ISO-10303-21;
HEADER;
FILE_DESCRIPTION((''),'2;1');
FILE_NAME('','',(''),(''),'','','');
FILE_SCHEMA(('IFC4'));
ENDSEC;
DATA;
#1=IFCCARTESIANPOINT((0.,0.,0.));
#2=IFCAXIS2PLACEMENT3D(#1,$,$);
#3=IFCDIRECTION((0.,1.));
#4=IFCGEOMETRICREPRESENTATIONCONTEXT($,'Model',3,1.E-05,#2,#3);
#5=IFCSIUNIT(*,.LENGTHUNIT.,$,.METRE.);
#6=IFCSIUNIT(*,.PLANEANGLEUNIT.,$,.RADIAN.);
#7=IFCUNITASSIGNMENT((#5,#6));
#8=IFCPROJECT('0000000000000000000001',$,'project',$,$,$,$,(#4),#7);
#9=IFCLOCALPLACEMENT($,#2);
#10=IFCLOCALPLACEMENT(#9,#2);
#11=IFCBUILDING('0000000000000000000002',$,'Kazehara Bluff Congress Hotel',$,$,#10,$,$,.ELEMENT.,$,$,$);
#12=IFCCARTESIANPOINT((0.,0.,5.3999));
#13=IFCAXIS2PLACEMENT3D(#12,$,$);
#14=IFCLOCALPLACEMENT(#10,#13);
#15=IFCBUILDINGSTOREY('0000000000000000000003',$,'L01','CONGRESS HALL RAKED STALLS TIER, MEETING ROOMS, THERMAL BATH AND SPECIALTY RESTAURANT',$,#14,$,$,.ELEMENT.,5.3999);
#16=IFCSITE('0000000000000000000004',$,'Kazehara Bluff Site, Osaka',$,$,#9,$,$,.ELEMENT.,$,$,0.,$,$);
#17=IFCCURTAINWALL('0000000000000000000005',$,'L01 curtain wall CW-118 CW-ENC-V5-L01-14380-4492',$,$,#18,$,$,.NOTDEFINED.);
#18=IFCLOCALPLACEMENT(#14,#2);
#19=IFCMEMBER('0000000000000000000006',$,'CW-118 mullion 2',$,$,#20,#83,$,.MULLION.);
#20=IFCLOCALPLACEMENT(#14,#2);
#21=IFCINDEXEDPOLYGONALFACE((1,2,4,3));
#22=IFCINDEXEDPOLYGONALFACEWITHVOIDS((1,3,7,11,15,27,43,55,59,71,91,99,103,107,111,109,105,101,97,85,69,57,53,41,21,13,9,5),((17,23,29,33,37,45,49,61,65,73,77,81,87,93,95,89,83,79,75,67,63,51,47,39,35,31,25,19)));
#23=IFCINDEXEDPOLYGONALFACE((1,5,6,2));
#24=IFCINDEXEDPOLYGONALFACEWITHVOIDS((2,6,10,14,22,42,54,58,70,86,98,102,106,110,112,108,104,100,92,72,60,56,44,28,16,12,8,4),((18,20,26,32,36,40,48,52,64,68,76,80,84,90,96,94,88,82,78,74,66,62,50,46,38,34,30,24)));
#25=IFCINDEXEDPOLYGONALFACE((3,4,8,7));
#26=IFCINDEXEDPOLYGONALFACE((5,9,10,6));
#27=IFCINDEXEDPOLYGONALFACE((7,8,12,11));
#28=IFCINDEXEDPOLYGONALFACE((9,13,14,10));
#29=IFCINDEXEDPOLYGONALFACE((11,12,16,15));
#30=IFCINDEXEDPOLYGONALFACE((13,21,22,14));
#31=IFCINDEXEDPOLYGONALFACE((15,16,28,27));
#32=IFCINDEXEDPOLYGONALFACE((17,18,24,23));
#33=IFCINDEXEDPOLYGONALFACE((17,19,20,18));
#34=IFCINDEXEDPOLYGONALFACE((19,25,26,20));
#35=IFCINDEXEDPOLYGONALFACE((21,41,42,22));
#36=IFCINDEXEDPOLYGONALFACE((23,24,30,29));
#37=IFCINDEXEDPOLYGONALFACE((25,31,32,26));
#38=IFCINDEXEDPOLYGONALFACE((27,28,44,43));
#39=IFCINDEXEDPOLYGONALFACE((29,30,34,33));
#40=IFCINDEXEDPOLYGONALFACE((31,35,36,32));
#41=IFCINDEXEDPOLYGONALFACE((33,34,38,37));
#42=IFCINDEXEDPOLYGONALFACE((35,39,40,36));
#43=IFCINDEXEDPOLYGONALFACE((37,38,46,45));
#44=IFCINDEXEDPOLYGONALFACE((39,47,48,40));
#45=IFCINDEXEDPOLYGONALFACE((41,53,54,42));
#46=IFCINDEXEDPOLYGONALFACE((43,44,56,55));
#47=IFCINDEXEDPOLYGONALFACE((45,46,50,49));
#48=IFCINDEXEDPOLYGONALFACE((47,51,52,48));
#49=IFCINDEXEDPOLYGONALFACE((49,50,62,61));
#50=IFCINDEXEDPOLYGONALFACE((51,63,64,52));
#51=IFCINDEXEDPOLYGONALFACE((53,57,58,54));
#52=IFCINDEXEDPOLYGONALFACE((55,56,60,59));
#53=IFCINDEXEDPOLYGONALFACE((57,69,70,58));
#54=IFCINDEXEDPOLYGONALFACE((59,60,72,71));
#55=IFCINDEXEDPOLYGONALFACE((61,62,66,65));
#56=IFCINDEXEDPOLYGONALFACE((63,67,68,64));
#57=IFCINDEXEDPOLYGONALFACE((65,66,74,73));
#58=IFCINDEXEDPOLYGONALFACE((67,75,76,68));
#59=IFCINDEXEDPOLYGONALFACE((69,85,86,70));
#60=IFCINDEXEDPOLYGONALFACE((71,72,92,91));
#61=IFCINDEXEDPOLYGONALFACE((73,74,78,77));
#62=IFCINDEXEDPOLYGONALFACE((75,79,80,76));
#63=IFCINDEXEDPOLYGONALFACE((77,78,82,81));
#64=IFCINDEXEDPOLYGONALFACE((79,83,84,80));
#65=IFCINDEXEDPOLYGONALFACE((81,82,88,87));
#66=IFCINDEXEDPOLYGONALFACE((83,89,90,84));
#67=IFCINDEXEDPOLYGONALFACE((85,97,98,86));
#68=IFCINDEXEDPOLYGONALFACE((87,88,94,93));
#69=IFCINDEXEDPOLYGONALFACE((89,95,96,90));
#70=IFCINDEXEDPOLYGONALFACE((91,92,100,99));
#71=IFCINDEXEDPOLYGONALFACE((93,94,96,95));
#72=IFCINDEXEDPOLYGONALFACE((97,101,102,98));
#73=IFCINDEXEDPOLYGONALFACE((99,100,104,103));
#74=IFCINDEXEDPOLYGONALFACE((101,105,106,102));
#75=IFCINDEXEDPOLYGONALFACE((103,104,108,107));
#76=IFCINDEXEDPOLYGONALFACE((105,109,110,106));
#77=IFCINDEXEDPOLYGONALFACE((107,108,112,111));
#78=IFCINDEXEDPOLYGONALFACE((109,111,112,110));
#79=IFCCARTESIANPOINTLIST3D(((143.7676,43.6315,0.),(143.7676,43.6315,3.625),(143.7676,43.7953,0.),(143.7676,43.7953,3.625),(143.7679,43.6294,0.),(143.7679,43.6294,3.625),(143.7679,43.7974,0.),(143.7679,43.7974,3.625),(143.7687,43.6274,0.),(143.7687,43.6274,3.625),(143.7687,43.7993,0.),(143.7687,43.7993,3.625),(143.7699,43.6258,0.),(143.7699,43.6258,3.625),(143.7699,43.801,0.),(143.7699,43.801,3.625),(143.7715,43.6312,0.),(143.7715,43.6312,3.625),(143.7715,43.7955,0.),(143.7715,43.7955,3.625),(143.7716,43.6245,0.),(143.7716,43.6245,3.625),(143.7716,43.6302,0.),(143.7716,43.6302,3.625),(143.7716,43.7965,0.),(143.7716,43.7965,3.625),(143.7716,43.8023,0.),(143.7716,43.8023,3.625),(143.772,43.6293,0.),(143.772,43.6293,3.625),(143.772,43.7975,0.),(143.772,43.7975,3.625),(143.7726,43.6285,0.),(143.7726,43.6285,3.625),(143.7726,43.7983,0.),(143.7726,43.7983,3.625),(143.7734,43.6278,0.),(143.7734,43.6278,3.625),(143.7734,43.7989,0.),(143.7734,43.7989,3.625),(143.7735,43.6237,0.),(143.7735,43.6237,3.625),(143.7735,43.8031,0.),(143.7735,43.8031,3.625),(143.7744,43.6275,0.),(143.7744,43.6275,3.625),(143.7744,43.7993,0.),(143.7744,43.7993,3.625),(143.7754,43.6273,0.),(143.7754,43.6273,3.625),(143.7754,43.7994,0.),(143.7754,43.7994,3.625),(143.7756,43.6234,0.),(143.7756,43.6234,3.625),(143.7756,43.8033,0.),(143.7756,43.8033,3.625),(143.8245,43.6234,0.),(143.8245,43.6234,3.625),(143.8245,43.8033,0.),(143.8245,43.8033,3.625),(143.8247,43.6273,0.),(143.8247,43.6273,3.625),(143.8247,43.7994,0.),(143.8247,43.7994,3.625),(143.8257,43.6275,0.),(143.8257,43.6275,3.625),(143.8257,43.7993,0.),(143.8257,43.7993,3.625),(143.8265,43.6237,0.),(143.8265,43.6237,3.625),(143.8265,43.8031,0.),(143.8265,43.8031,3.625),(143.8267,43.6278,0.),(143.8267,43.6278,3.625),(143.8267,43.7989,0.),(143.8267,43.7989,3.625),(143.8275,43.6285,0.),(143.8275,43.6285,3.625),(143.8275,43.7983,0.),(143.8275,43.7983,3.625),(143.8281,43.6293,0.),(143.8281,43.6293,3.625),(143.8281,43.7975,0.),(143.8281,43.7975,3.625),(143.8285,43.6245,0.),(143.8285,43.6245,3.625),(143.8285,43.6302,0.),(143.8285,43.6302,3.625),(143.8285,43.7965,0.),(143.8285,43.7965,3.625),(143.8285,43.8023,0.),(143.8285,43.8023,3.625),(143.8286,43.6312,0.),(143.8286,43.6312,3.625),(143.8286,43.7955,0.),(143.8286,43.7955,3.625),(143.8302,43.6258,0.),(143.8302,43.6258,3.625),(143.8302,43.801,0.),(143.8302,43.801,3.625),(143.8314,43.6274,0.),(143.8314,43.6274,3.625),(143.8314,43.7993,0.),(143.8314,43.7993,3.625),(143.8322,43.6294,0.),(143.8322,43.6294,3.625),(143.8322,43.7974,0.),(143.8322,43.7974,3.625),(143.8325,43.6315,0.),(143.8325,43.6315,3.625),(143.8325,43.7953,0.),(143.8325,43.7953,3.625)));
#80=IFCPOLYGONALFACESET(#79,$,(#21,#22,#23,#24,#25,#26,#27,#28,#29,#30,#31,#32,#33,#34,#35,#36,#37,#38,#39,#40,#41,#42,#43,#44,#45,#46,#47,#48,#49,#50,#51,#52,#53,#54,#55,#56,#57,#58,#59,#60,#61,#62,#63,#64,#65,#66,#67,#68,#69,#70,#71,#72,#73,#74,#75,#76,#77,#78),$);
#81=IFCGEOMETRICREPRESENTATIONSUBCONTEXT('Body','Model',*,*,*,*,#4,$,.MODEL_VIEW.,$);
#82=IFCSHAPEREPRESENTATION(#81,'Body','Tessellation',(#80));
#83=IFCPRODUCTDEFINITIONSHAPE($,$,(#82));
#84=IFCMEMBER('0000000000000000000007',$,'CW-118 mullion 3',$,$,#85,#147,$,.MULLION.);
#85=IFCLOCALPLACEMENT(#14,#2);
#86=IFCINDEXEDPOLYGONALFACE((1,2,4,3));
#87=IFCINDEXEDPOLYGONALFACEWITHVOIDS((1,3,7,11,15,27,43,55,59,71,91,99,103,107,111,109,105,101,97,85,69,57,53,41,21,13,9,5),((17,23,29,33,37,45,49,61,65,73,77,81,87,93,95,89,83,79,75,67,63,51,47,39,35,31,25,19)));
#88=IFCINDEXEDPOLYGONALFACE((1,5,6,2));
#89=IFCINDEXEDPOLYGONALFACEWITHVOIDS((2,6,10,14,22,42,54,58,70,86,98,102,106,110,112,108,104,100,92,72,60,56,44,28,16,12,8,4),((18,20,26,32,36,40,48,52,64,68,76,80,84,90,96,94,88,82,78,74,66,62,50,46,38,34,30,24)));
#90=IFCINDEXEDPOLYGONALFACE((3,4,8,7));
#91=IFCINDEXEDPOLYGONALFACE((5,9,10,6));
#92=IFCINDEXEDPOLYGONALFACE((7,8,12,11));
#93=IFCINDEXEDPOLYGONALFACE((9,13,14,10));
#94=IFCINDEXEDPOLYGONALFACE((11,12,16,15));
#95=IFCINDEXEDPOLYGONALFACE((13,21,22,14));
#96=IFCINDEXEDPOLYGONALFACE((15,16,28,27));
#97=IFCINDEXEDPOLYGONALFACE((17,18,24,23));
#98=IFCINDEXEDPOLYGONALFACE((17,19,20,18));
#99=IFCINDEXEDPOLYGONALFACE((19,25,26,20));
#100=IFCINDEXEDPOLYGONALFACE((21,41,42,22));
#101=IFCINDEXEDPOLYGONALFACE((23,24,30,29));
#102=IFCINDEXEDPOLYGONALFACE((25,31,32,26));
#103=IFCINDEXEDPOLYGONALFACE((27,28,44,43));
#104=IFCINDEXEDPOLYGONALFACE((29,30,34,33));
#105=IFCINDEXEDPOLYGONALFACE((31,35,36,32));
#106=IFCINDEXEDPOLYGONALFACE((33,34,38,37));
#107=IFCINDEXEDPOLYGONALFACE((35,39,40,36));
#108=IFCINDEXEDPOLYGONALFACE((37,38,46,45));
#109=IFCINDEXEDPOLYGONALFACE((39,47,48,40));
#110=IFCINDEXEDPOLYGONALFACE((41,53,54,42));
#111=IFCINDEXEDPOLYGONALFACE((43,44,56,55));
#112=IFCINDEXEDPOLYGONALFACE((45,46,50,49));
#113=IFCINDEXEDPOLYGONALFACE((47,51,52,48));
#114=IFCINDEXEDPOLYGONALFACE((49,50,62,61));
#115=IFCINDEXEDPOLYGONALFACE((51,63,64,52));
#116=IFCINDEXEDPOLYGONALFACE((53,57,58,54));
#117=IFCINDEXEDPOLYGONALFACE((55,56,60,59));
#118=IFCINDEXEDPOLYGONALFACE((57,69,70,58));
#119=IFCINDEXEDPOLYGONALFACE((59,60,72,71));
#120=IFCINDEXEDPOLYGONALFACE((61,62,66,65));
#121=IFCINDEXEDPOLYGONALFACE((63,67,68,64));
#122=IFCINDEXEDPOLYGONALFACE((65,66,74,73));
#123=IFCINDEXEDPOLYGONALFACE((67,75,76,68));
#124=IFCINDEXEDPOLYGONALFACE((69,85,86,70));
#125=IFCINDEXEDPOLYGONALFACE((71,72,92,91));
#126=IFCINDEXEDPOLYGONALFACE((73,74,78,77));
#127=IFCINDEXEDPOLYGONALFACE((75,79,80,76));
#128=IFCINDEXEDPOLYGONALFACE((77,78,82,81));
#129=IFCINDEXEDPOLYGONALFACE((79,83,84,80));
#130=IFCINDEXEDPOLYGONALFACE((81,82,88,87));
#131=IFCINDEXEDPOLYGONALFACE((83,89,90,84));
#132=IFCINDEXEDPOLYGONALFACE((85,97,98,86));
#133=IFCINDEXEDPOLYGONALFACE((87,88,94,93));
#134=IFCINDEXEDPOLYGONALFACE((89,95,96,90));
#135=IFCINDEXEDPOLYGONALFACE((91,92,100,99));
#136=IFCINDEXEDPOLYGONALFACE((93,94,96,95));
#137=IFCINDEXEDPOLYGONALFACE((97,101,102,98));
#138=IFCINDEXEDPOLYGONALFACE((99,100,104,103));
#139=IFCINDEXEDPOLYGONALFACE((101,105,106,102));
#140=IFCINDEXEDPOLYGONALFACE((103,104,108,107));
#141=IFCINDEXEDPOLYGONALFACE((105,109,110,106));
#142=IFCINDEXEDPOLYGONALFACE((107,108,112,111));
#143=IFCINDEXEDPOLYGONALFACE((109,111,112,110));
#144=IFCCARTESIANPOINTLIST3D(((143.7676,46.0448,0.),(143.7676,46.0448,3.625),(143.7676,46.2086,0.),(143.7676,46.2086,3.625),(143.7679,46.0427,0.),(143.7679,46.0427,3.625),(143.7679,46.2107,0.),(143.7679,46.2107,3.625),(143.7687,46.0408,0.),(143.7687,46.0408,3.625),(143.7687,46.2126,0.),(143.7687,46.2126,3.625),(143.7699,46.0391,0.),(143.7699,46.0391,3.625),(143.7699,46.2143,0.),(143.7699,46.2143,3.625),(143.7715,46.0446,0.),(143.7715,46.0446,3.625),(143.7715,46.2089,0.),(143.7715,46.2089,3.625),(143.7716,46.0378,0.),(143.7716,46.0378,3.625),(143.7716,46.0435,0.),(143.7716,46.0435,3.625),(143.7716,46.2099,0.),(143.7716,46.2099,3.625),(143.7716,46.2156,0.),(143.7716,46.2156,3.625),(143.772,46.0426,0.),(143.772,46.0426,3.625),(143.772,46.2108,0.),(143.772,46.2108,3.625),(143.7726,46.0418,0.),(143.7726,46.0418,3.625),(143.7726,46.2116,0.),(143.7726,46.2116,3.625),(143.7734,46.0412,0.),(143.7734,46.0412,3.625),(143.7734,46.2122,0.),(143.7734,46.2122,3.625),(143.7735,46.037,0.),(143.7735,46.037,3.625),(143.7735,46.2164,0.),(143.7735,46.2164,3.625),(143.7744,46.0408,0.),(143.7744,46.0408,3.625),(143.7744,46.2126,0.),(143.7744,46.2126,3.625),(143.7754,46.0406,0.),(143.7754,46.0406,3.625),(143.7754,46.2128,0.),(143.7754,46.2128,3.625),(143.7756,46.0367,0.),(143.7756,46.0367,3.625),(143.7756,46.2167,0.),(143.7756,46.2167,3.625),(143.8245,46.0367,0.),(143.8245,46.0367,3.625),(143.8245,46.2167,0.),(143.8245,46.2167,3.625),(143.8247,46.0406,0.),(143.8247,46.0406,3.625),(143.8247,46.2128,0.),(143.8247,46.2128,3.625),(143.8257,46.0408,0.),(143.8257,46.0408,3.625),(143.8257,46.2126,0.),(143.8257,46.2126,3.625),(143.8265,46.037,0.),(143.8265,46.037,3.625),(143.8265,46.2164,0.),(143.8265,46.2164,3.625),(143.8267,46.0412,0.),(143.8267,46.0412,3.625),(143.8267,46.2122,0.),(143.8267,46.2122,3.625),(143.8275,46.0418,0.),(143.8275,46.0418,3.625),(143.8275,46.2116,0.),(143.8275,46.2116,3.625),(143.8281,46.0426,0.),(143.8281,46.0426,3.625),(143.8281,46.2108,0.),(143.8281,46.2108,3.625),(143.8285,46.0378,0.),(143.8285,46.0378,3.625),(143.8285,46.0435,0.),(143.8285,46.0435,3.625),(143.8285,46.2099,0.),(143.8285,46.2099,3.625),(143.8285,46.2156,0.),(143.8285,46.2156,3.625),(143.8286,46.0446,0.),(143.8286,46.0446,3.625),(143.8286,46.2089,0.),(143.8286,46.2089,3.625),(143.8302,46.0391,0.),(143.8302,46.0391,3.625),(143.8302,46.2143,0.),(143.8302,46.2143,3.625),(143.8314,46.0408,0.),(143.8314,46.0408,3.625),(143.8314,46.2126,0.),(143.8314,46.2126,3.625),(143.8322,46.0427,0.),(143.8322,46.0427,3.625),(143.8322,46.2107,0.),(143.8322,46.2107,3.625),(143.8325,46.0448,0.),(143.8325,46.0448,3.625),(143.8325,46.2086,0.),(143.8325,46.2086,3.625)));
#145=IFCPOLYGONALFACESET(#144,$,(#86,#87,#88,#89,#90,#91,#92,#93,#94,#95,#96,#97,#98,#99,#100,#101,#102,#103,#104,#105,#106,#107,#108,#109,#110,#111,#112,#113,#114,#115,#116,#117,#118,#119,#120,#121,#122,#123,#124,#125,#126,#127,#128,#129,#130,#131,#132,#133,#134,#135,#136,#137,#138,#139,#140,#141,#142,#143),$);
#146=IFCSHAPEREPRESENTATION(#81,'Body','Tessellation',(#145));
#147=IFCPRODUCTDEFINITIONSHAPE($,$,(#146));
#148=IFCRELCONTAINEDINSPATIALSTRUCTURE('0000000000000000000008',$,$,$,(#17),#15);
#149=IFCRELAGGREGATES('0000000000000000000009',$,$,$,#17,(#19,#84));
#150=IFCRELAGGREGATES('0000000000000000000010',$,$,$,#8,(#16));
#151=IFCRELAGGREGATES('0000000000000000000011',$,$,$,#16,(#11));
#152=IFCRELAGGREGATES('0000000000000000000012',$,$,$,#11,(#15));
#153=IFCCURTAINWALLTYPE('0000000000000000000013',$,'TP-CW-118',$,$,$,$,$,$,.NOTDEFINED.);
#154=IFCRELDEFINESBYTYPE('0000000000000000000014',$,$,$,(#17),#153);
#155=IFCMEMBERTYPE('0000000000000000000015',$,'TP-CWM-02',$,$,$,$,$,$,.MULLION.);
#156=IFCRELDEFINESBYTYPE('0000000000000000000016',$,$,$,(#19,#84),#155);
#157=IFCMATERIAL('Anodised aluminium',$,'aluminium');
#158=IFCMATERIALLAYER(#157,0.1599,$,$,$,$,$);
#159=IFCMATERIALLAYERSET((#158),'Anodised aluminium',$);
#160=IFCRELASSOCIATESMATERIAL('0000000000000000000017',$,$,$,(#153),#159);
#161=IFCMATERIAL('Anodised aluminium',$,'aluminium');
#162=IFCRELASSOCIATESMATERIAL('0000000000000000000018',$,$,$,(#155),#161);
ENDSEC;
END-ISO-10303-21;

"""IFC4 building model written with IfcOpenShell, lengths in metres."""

from ifc_helpers import new_model, si_unit, direction, frame, origin, origin_2d, place, context, subcontext, project, spatial, hollow_rectangle, extrude, material, layer, layer_set, material_profile, profile_set, type_object, element, aggregate, save


model = new_model("IFC4")

# Units and contexts
model_context = context("Model", 3, precision=1e-05, world=origin(), true_north=direction((0.0, 1.0)))
body_context = subcontext(model_context, "Body", "Model", "MODEL_VIEW")
ifc_project = project(units=[si_unit("LENGTHUNIT", "METRE"), si_unit("PLANEANGLEUNIT", "RADIAN")], contexts=[model_context])

# Site, building, storey
site_placement = place(None, origin())
site = spatial("IfcSite", under=ifc_project, at=site_placement, Name="Kazehara Bluff Site, Osaka", CompositionType="ELEMENT", RefElevation=0.0)
building_placement = place(site_placement, origin())
building = spatial("IfcBuilding", under=site, at=building_placement, Name="Kazehara Bluff Congress Hotel", CompositionType="ELEMENT")
storey_placement = place(building_placement, frame((0.0, 0.0, 5.3999)))
storey = spatial("IfcBuildingStorey", under=building, at=storey_placement, Name="L01", Description="CONGRESS HALL RAKED STALLS TIER, MEETING ROOMS, THERMAL BATH AND SPECIALTY RESTAURANT", CompositionType="ELEMENT", Elevation=5.3999)

# Curtain wall, members
ifc_material_1 = material(Name="Anodised aluminium", Category="aluminium")
ifc_layer_1 = layer(ifc_material_1, 0.1599)
ifc_layer_set_1 = layer_set([ifc_layer_1], Name="Anodised aluminium")
curtain_wall_type = type_object("IfcCurtainWallType", Name="TP-CW-118", PredefinedType="NOTDEFINED", material=ifc_layer_set_1)
curtain_wall_placement = place(storey_placement, origin())
curtain_wall = element("IfcCurtainWall", 1, at=curtain_wall_placement, inside=storey, type_object=curtain_wall_type, Name="L01 curtain wall CW-118 CW-ENC-V5-L01-14380-4492", PredefinedType="NOTDEFINED")
ifc_material_2 = material(Name="Anodised aluminium", Category="aluminium")
ifc_material_profile_1 = material_profile(ifc_material_2, hollow_rectangle(XDim=0.0649, YDim=0.1799, WallThickness=0.0039, InnerFilletRadius=0.0039, OuterFilletRadius=0.0081, at=origin_2d()))
ifc_profile_set_1 = profile_set([ifc_material_profile_1], Name="Anodised aluminium")
member_type_1 = type_object("IfcMemberType", Name="TP-CWM-02", PredefinedType="MULLION", material=ifc_profile_set_1)
member_1_placement = place(storey_placement, frame((143.8, 43.7134, 0.0), z_axis=(0.0, 0.0, 1.0), x_axis=(-1.0, 0.0, 0.0)))
member_1 = element("IfcMember", 2, at=member_1_placement, type_object=member_type_1, Name="CW-118 mullion 2", PredefinedType="MULLION", context=body_context, shape_type="SweptSolid", body=[
    extrude(hollow_rectangle(XDim=0.0649, YDim=0.1799, WallThickness=0.0039, InnerFilletRadius=0.0039, OuterFilletRadius=0.0081, at=origin_2d()), origin(), (0.0, 0.0, 1.0), 3.625),
])
member_2_placement = place(storey_placement, frame((143.8, 46.1267, 0.0), z_axis=(0.0, 0.0, 1.0), x_axis=(-1.0, 0.0, 0.0)))
member_2 = element("IfcMember", 3, at=member_2_placement, type_object=member_type_1, Name="CW-118 mullion 3", PredefinedType="MULLION", context=body_context, shape_type="SweptSolid", body=[
    extrude(hollow_rectangle(XDim=0.0649, YDim=0.1799, WallThickness=0.0039, InnerFilletRadius=0.0039, OuterFilletRadius=0.0081, at=origin_2d()), origin(), (0.0, 0.0, 1.0), 3.625),
])

aggregate(curtain_wall, [member_1, member_2])

save(model, "model.ifc")
